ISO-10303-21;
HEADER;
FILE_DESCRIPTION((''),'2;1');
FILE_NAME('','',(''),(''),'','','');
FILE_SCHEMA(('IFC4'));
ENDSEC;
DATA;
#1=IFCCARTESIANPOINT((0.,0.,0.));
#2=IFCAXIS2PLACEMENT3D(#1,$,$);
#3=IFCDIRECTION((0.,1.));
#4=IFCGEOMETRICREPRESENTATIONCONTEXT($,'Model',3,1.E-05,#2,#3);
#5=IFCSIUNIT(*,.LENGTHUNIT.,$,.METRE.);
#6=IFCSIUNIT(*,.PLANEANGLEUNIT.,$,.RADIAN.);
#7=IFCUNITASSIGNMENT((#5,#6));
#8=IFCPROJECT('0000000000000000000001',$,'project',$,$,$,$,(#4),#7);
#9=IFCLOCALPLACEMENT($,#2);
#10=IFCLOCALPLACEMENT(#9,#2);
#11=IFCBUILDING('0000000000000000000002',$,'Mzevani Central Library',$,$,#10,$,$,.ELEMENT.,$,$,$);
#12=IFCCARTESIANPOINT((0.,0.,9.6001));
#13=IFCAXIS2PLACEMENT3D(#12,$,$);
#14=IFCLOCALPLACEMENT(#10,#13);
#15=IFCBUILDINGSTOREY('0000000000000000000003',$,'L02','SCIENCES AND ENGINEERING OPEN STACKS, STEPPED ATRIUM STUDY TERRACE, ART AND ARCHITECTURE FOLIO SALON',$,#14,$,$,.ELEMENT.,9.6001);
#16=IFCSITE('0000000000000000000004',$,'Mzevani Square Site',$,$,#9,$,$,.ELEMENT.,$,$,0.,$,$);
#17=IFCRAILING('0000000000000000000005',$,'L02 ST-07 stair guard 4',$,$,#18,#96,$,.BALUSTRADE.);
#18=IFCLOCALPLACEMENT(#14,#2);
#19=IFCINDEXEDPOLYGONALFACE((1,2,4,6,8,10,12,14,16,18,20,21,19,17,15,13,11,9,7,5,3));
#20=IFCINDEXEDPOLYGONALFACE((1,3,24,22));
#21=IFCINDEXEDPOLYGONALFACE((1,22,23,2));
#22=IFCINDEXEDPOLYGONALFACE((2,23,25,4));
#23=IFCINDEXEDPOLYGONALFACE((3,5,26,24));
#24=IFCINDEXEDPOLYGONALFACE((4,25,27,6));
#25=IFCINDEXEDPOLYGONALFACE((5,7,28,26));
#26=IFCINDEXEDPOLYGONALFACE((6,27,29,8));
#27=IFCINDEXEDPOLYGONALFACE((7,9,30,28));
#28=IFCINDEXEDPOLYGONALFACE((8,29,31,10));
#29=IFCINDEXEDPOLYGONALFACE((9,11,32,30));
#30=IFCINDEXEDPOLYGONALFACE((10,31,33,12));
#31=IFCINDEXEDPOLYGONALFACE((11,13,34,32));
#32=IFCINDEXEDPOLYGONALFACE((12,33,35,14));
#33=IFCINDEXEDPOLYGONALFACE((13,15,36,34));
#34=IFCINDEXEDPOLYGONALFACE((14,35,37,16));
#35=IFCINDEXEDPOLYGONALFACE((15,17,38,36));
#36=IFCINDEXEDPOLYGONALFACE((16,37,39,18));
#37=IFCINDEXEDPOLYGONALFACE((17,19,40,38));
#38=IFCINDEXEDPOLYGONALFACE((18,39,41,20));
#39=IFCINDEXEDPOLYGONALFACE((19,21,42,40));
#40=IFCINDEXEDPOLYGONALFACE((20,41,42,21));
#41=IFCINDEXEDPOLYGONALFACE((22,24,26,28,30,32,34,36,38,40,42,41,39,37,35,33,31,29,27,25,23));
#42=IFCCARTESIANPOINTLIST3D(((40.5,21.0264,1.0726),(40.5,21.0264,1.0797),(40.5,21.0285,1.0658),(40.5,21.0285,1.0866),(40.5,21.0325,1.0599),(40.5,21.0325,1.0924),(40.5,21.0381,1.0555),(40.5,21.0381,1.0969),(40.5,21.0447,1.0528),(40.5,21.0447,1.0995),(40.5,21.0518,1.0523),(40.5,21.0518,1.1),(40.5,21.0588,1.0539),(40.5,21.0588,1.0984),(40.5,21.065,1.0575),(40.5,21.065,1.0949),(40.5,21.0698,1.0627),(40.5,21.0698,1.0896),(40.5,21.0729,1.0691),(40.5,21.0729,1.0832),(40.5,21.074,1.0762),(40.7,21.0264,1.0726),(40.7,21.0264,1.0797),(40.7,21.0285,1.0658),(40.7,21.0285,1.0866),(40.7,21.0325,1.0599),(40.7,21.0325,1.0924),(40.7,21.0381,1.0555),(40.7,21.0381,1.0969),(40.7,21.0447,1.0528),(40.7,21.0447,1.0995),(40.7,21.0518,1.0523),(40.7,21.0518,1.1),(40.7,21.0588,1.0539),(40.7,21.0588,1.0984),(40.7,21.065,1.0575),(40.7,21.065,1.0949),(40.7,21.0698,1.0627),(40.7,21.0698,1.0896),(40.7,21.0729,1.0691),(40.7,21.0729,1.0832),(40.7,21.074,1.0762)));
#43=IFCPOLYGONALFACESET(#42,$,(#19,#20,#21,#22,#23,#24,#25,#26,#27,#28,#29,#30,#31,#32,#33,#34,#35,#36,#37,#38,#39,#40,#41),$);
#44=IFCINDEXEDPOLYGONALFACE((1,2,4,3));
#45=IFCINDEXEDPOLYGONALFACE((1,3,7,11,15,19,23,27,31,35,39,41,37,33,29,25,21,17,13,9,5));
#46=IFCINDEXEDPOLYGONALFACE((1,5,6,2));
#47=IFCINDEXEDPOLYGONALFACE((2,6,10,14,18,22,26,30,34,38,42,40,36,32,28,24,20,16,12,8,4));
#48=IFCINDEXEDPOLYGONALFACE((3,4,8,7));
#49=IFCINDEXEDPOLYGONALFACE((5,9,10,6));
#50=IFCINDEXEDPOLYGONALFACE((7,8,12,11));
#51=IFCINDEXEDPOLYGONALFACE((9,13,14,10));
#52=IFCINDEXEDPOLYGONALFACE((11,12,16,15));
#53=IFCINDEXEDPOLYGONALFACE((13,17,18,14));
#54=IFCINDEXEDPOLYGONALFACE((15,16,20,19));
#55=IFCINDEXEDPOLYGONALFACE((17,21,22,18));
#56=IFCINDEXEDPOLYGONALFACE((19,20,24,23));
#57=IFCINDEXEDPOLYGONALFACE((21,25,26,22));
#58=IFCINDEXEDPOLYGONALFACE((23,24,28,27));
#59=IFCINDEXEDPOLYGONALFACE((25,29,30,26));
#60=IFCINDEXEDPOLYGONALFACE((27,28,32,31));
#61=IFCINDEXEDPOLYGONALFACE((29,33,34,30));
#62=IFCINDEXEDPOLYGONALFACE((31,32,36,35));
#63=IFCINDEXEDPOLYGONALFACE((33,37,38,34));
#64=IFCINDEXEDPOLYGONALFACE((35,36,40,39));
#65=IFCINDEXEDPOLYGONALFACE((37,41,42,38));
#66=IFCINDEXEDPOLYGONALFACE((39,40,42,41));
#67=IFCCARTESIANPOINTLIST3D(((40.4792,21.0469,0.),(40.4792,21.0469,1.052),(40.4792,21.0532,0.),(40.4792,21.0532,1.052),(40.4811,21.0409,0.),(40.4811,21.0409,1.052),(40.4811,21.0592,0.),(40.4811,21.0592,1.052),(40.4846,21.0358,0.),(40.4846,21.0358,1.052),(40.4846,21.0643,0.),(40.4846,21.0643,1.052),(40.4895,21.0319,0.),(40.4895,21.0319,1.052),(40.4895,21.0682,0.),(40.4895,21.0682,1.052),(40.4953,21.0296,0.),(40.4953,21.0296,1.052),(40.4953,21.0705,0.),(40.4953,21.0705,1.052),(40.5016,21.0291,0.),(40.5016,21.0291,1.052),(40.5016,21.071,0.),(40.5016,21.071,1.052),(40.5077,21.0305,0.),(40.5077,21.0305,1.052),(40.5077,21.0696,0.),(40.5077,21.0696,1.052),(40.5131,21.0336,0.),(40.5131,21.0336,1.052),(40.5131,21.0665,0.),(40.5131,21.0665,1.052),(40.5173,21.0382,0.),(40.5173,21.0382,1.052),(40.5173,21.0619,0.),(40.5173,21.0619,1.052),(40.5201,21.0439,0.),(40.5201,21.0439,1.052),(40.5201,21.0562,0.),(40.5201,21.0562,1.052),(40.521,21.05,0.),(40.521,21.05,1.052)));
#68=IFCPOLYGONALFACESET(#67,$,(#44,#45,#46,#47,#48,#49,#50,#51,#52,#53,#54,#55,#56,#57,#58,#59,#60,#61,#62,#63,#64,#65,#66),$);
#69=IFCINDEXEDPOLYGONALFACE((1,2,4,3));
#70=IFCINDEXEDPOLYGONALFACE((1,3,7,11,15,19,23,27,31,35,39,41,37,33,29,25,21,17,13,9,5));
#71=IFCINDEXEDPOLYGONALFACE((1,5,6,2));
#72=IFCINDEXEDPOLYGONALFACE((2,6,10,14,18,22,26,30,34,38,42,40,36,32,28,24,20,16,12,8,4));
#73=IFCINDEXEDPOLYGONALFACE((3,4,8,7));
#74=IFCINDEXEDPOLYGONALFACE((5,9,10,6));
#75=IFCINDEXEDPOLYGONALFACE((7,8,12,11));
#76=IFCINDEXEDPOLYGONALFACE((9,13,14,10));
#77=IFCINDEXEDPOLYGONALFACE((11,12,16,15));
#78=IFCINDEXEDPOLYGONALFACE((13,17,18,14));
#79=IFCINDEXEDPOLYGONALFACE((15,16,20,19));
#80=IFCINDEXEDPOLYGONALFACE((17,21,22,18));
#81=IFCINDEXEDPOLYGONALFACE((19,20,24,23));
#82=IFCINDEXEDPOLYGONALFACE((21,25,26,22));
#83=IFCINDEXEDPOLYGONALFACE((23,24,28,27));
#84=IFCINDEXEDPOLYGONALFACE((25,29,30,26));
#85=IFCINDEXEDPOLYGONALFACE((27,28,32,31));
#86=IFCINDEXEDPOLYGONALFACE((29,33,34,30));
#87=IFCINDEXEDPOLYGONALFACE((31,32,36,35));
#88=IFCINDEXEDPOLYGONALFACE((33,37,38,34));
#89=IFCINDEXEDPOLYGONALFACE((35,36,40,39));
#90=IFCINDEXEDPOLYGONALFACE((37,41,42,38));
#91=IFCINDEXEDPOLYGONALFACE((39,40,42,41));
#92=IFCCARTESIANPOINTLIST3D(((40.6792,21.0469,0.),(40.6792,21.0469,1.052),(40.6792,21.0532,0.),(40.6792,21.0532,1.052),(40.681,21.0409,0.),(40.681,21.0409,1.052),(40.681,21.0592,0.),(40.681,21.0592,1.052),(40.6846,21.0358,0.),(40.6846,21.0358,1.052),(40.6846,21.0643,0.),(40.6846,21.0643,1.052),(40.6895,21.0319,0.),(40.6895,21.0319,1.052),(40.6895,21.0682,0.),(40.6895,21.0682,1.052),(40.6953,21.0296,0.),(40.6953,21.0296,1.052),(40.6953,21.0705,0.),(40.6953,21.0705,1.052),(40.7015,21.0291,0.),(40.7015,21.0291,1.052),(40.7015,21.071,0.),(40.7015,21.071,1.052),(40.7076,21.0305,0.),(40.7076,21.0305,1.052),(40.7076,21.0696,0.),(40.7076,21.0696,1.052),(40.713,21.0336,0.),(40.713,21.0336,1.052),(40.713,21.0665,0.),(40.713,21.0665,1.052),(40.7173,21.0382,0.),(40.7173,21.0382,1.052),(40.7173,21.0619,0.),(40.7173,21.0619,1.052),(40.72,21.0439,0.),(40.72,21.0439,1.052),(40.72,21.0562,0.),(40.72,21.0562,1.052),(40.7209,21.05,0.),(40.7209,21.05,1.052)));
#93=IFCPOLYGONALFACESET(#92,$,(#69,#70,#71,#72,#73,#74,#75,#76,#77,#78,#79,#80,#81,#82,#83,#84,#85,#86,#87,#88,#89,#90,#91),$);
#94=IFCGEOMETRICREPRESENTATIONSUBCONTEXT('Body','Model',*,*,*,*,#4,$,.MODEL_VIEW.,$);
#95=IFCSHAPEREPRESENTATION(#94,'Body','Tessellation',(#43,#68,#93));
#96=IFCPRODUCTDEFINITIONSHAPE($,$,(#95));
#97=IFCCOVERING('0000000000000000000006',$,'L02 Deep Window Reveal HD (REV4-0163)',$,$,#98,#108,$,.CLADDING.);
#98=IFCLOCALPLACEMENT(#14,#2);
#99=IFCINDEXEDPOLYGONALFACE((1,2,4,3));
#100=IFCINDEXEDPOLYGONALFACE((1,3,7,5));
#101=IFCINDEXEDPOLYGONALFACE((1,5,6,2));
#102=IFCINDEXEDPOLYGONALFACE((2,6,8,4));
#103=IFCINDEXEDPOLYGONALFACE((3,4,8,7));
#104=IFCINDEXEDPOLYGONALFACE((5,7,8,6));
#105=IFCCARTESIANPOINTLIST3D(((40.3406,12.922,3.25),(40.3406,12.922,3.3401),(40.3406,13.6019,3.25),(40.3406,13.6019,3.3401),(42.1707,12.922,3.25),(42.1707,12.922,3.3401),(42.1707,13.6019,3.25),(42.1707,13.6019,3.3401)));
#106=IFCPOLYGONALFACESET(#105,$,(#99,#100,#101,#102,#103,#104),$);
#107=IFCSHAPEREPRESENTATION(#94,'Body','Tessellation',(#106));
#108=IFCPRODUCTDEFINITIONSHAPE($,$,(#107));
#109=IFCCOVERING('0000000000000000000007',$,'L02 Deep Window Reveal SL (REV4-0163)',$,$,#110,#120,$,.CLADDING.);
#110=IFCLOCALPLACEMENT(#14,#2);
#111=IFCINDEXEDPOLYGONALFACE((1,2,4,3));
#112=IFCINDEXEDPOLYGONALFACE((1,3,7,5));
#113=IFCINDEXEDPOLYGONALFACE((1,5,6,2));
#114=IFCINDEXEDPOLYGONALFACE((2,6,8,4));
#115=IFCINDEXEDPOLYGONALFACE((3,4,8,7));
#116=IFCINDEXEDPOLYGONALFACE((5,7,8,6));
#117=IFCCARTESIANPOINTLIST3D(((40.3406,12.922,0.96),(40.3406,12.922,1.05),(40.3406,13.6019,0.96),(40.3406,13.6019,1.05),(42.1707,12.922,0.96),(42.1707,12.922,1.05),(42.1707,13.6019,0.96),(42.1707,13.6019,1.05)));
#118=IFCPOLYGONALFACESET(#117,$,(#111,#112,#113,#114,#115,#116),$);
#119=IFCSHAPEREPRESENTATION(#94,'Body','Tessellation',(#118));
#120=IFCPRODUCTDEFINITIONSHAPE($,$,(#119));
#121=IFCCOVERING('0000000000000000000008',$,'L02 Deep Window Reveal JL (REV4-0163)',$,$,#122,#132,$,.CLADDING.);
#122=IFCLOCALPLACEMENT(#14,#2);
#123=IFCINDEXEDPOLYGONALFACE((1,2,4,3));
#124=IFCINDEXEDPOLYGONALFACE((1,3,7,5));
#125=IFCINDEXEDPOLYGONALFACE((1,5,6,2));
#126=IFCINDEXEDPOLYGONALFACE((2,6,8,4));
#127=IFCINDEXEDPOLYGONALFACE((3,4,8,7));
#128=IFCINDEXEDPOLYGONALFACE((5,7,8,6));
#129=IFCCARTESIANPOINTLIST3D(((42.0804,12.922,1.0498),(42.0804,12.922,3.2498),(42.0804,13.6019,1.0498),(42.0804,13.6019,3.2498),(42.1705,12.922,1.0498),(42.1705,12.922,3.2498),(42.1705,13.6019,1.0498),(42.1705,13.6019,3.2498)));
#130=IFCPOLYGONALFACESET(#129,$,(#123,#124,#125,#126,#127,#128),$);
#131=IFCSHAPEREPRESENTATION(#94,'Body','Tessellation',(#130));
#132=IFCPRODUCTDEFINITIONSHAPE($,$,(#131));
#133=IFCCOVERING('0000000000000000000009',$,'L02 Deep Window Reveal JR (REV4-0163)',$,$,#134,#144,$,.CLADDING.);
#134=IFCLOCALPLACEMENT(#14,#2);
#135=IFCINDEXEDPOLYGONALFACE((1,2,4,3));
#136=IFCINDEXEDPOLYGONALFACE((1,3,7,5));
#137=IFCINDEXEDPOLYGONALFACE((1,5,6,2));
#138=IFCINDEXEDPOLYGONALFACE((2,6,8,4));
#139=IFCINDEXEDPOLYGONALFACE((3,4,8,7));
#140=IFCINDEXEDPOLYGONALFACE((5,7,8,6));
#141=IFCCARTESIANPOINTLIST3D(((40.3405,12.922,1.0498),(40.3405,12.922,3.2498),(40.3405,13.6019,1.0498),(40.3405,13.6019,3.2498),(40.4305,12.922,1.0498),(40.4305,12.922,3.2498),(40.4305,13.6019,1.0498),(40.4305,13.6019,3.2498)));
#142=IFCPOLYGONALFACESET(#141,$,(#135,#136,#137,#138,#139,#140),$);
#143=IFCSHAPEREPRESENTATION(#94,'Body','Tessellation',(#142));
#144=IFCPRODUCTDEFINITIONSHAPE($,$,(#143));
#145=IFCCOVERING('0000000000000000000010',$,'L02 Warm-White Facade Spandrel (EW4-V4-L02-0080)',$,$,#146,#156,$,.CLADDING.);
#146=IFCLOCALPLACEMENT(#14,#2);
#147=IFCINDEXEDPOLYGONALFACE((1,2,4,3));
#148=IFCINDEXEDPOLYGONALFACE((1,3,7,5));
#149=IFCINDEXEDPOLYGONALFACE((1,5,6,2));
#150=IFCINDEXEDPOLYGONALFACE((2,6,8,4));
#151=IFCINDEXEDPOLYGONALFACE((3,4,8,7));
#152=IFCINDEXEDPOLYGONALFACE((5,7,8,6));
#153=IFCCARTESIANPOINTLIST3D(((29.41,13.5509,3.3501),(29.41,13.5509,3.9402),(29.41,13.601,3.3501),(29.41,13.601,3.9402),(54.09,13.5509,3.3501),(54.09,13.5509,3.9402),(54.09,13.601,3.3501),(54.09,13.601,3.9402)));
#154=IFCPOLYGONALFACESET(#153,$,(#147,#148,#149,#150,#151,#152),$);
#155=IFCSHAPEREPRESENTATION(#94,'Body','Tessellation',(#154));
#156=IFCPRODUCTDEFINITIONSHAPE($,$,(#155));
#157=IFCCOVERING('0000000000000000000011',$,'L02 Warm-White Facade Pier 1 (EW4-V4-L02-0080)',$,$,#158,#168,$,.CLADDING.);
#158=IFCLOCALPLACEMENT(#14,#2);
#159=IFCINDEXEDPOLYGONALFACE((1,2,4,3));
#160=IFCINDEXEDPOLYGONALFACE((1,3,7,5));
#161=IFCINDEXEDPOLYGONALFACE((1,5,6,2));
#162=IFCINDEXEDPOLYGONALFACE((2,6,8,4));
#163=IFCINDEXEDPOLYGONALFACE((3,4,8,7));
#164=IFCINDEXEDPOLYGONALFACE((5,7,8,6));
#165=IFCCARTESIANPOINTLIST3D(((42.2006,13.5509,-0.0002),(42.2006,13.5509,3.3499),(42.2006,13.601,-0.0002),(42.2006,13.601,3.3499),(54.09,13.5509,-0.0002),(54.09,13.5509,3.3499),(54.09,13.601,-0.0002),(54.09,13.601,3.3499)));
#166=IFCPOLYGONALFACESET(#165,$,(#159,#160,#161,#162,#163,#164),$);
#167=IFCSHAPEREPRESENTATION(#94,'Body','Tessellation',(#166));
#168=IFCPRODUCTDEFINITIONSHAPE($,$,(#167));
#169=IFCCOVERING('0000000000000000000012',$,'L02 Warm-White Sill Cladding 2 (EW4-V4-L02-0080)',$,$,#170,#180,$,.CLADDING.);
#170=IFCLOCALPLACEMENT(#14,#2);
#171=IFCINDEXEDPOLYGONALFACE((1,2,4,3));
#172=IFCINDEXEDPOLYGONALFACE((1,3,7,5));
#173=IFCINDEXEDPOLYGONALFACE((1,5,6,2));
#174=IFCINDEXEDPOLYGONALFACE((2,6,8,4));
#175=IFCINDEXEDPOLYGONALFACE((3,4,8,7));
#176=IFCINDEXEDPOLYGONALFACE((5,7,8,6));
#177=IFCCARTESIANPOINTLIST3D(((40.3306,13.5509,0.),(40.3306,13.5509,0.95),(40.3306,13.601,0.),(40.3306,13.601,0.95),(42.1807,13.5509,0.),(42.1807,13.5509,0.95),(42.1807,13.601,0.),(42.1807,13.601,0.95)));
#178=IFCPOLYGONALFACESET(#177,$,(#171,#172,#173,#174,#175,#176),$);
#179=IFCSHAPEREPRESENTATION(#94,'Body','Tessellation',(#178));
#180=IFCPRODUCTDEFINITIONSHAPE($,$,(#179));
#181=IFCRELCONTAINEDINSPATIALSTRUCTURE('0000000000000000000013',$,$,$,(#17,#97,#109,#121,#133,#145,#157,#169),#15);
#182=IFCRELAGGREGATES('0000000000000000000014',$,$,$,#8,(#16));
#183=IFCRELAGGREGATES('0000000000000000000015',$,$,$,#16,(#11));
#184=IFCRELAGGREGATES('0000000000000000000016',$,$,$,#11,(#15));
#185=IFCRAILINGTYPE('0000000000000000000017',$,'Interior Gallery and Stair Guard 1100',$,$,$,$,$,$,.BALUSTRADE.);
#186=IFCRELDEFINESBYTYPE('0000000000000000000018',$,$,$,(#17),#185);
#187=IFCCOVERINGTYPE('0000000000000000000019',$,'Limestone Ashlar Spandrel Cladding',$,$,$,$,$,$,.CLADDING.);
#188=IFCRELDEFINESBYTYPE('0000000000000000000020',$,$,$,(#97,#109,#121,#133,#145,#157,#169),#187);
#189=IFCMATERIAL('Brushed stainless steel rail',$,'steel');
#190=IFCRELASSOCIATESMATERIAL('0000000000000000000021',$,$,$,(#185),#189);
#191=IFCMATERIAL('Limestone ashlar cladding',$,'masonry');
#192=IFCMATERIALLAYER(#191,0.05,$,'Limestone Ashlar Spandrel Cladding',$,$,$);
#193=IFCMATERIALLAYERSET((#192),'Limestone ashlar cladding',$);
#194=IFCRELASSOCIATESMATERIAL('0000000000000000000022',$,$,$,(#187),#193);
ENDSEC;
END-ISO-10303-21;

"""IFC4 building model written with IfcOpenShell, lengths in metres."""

from ifc_helpers import new_model, si_unit, direction, frame, origin, origin_2d, place, context, subcontext, project, spatial, rectangle, circle, extrude, material, layer, layer_set, type_object, element, save


model = new_model("IFC4")

# Units and contexts
model_context = context("Model", 3, precision=1e-05, world=origin(), true_north=direction((0.0, 1.0)))
body_context = subcontext(model_context, "Body", "Model", "MODEL_VIEW")
ifc_project = project(units=[si_unit("LENGTHUNIT", "METRE"), si_unit("PLANEANGLEUNIT", "RADIAN")], contexts=[model_context])

# Site, building, storey
site_placement = place(None, origin())
site = spatial("IfcSite", under=ifc_project, at=site_placement, Name="Mzevani Square Site", CompositionType="ELEMENT", RefElevation=0.0)
building_placement = place(site_placement, origin())
building = spatial("IfcBuilding", under=site, at=building_placement, Name="Mzevani Central Library", CompositionType="ELEMENT")
storey_placement = place(building_placement, frame((0.0, 0.0, 9.6001)))
storey = spatial("IfcBuildingStorey", under=building, at=storey_placement, Name="L02", Description="SCIENCES AND ENGINEERING OPEN STACKS, STEPPED ATRIUM STUDY TERRACE, ART AND ARCHITECTURE FOLIO SALON", CompositionType="ELEMENT", Elevation=9.6001)

# Railing
ifc_material_1 = material(Name="Brushed stainless steel rail", Category="steel")
railing_type_1 = type_object("IfcRailingType", Name="Interior Gallery and Stair Guard 1100", PredefinedType="BALUSTRADE", material=ifc_material_1)
railing_1_placement = place(storey_placement, frame((40.5, 21.05, 0.0)))
element("IfcRailing", 1, at=railing_1_placement, inside=storey, type_object=railing_type_1, Name="L02 ST-07 stair guard 4", PredefinedType="BALUSTRADE", context=body_context, shape_type="SweptSolid", body=[
    extrude(circle(Radius=0.0239, at=origin_2d()), frame((0.0, 0.0, 1.0762), z_axis=(1.0, 0.0, 0.0), x_axis=(0.0, 1.0, 0.0)), (0.0, 0.0, 1.0), 0.2),
    extrude(circle(Radius=0.021, at=origin_2d()), origin(), (0.0, 0.0, 1.0), 1.052),
    extrude(circle(Radius=0.021, at=origin_2d()), frame((0.2, 0.0, 0.0)), (0.0, 0.0, 1.0), 1.052),
])

# Coverings
ifc_material_2 = material(Name="Limestone ashlar cladding", Category="masonry")
ifc_layer_1 = layer(ifc_material_2, 0.05, Name="Limestone Ashlar Spandrel Cladding")
ifc_layer_set_1 = layer_set([ifc_layer_1], Name="Limestone ashlar cladding")
covering_type = type_object("IfcCoveringType", Name="Limestone Ashlar Spandrel Cladding", PredefinedType="CLADDING", material=ifc_layer_set_1)
for number, where, z_axis, x_axis, name in (
    (2, (41.2556, 13.262, 3.25), (0.0, 0.0, 1.0), (-1.0, 0.0, 0.0), "L02 Deep Window Reveal HD (REV4-0163)"),
    (3, (41.2556, 13.262, 0.96), (0.0, 0.0, 1.0), (-1.0, 0.0, 0.0), "L02 Deep Window Reveal SL (REV4-0163)"),
):
    element("IfcCovering", number, at=place(storey_placement, frame(where, z_axis=z_axis, x_axis=x_axis)), inside=storey, type_object=covering_type, Name=name, PredefinedType="CLADDING", context=body_context, shape_type="SweptSolid", body=[
        extrude(rectangle(XDim=1.8301, YDim=0.6799, at=origin_2d()), origin(), (0.0, 0.0, 1.0), 0.0901),
    ])
for number, where, z_axis, x_axis, name in (
    (4, (42.1255, 13.262, 1.0498), (0.0, 0.0, 1.0), (-1.0, 0.0, 0.0), "L02 Deep Window Reveal JL (REV4-0163)"),
    (5, (40.3855, 13.262, 1.0498), (0.0, 0.0, 1.0), (-1.0, 0.0, 0.0), "L02 Deep Window Reveal JR (REV4-0163)"),
):
    element("IfcCovering", number, at=place(storey_placement, frame(where, z_axis=z_axis, x_axis=x_axis)), inside=storey, type_object=covering_type, Name=name, PredefinedType="CLADDING", context=body_context, shape_type="SweptSolid", body=[
        extrude(rectangle(XDim=0.0901, YDim=0.6799, at=origin_2d()), origin(), (0.0, 0.0, 1.0), 2.2),
    ])
covering_1_placement = place(storey_placement, frame((41.75, 13.5759, 3.3501), z_axis=(0.0, 0.0, 1.0), x_axis=(-1.0, 0.0, 0.0)))
element("IfcCovering", 6, at=covering_1_placement, inside=storey, type_object=covering_type, Name="L02 Warm-White Facade Spandrel (EW4-V4-L02-0080)", PredefinedType="CLADDING", context=body_context, shape_type="SweptSolid", body=[
    extrude(rectangle(XDim=24.6799, YDim=0.05, at=origin_2d()), origin(), (0.0, 0.0, 1.0), 0.5901),
])
covering_2_placement = place(storey_placement, frame((48.1453, 13.5759, -0.0002), z_axis=(0.0, 0.0, 1.0), x_axis=(-1.0, 0.0, 0.0)))
element("IfcCovering", 7, at=covering_2_placement, inside=storey, type_object=covering_type, Name="L02 Warm-White Facade Pier 1 (EW4-V4-L02-0080)", PredefinedType="CLADDING", context=body_context, shape_type="SweptSolid", body=[
    extrude(rectangle(XDim=11.8894, YDim=0.05, at=origin_2d()), origin(), (0.0, 0.0, 1.0), 3.3501),
])
covering_3_placement = place(storey_placement, frame((41.2556, 13.5759, 0.0), z_axis=(0.0, 0.0, 1.0), x_axis=(-1.0, 0.0, 0.0)))
element("IfcCovering", 8, at=covering_3_placement, inside=storey, type_object=covering_type, Name="L02 Warm-White Sill Cladding 2 (EW4-V4-L02-0080)", PredefinedType="CLADDING", context=body_context, shape_type="SweptSolid", body=[
    extrude(rectangle(XDim=1.8501, YDim=0.05, at=origin_2d()), origin(), (0.0, 0.0, 1.0), 0.95),
])

save(model, "model.ifc")
